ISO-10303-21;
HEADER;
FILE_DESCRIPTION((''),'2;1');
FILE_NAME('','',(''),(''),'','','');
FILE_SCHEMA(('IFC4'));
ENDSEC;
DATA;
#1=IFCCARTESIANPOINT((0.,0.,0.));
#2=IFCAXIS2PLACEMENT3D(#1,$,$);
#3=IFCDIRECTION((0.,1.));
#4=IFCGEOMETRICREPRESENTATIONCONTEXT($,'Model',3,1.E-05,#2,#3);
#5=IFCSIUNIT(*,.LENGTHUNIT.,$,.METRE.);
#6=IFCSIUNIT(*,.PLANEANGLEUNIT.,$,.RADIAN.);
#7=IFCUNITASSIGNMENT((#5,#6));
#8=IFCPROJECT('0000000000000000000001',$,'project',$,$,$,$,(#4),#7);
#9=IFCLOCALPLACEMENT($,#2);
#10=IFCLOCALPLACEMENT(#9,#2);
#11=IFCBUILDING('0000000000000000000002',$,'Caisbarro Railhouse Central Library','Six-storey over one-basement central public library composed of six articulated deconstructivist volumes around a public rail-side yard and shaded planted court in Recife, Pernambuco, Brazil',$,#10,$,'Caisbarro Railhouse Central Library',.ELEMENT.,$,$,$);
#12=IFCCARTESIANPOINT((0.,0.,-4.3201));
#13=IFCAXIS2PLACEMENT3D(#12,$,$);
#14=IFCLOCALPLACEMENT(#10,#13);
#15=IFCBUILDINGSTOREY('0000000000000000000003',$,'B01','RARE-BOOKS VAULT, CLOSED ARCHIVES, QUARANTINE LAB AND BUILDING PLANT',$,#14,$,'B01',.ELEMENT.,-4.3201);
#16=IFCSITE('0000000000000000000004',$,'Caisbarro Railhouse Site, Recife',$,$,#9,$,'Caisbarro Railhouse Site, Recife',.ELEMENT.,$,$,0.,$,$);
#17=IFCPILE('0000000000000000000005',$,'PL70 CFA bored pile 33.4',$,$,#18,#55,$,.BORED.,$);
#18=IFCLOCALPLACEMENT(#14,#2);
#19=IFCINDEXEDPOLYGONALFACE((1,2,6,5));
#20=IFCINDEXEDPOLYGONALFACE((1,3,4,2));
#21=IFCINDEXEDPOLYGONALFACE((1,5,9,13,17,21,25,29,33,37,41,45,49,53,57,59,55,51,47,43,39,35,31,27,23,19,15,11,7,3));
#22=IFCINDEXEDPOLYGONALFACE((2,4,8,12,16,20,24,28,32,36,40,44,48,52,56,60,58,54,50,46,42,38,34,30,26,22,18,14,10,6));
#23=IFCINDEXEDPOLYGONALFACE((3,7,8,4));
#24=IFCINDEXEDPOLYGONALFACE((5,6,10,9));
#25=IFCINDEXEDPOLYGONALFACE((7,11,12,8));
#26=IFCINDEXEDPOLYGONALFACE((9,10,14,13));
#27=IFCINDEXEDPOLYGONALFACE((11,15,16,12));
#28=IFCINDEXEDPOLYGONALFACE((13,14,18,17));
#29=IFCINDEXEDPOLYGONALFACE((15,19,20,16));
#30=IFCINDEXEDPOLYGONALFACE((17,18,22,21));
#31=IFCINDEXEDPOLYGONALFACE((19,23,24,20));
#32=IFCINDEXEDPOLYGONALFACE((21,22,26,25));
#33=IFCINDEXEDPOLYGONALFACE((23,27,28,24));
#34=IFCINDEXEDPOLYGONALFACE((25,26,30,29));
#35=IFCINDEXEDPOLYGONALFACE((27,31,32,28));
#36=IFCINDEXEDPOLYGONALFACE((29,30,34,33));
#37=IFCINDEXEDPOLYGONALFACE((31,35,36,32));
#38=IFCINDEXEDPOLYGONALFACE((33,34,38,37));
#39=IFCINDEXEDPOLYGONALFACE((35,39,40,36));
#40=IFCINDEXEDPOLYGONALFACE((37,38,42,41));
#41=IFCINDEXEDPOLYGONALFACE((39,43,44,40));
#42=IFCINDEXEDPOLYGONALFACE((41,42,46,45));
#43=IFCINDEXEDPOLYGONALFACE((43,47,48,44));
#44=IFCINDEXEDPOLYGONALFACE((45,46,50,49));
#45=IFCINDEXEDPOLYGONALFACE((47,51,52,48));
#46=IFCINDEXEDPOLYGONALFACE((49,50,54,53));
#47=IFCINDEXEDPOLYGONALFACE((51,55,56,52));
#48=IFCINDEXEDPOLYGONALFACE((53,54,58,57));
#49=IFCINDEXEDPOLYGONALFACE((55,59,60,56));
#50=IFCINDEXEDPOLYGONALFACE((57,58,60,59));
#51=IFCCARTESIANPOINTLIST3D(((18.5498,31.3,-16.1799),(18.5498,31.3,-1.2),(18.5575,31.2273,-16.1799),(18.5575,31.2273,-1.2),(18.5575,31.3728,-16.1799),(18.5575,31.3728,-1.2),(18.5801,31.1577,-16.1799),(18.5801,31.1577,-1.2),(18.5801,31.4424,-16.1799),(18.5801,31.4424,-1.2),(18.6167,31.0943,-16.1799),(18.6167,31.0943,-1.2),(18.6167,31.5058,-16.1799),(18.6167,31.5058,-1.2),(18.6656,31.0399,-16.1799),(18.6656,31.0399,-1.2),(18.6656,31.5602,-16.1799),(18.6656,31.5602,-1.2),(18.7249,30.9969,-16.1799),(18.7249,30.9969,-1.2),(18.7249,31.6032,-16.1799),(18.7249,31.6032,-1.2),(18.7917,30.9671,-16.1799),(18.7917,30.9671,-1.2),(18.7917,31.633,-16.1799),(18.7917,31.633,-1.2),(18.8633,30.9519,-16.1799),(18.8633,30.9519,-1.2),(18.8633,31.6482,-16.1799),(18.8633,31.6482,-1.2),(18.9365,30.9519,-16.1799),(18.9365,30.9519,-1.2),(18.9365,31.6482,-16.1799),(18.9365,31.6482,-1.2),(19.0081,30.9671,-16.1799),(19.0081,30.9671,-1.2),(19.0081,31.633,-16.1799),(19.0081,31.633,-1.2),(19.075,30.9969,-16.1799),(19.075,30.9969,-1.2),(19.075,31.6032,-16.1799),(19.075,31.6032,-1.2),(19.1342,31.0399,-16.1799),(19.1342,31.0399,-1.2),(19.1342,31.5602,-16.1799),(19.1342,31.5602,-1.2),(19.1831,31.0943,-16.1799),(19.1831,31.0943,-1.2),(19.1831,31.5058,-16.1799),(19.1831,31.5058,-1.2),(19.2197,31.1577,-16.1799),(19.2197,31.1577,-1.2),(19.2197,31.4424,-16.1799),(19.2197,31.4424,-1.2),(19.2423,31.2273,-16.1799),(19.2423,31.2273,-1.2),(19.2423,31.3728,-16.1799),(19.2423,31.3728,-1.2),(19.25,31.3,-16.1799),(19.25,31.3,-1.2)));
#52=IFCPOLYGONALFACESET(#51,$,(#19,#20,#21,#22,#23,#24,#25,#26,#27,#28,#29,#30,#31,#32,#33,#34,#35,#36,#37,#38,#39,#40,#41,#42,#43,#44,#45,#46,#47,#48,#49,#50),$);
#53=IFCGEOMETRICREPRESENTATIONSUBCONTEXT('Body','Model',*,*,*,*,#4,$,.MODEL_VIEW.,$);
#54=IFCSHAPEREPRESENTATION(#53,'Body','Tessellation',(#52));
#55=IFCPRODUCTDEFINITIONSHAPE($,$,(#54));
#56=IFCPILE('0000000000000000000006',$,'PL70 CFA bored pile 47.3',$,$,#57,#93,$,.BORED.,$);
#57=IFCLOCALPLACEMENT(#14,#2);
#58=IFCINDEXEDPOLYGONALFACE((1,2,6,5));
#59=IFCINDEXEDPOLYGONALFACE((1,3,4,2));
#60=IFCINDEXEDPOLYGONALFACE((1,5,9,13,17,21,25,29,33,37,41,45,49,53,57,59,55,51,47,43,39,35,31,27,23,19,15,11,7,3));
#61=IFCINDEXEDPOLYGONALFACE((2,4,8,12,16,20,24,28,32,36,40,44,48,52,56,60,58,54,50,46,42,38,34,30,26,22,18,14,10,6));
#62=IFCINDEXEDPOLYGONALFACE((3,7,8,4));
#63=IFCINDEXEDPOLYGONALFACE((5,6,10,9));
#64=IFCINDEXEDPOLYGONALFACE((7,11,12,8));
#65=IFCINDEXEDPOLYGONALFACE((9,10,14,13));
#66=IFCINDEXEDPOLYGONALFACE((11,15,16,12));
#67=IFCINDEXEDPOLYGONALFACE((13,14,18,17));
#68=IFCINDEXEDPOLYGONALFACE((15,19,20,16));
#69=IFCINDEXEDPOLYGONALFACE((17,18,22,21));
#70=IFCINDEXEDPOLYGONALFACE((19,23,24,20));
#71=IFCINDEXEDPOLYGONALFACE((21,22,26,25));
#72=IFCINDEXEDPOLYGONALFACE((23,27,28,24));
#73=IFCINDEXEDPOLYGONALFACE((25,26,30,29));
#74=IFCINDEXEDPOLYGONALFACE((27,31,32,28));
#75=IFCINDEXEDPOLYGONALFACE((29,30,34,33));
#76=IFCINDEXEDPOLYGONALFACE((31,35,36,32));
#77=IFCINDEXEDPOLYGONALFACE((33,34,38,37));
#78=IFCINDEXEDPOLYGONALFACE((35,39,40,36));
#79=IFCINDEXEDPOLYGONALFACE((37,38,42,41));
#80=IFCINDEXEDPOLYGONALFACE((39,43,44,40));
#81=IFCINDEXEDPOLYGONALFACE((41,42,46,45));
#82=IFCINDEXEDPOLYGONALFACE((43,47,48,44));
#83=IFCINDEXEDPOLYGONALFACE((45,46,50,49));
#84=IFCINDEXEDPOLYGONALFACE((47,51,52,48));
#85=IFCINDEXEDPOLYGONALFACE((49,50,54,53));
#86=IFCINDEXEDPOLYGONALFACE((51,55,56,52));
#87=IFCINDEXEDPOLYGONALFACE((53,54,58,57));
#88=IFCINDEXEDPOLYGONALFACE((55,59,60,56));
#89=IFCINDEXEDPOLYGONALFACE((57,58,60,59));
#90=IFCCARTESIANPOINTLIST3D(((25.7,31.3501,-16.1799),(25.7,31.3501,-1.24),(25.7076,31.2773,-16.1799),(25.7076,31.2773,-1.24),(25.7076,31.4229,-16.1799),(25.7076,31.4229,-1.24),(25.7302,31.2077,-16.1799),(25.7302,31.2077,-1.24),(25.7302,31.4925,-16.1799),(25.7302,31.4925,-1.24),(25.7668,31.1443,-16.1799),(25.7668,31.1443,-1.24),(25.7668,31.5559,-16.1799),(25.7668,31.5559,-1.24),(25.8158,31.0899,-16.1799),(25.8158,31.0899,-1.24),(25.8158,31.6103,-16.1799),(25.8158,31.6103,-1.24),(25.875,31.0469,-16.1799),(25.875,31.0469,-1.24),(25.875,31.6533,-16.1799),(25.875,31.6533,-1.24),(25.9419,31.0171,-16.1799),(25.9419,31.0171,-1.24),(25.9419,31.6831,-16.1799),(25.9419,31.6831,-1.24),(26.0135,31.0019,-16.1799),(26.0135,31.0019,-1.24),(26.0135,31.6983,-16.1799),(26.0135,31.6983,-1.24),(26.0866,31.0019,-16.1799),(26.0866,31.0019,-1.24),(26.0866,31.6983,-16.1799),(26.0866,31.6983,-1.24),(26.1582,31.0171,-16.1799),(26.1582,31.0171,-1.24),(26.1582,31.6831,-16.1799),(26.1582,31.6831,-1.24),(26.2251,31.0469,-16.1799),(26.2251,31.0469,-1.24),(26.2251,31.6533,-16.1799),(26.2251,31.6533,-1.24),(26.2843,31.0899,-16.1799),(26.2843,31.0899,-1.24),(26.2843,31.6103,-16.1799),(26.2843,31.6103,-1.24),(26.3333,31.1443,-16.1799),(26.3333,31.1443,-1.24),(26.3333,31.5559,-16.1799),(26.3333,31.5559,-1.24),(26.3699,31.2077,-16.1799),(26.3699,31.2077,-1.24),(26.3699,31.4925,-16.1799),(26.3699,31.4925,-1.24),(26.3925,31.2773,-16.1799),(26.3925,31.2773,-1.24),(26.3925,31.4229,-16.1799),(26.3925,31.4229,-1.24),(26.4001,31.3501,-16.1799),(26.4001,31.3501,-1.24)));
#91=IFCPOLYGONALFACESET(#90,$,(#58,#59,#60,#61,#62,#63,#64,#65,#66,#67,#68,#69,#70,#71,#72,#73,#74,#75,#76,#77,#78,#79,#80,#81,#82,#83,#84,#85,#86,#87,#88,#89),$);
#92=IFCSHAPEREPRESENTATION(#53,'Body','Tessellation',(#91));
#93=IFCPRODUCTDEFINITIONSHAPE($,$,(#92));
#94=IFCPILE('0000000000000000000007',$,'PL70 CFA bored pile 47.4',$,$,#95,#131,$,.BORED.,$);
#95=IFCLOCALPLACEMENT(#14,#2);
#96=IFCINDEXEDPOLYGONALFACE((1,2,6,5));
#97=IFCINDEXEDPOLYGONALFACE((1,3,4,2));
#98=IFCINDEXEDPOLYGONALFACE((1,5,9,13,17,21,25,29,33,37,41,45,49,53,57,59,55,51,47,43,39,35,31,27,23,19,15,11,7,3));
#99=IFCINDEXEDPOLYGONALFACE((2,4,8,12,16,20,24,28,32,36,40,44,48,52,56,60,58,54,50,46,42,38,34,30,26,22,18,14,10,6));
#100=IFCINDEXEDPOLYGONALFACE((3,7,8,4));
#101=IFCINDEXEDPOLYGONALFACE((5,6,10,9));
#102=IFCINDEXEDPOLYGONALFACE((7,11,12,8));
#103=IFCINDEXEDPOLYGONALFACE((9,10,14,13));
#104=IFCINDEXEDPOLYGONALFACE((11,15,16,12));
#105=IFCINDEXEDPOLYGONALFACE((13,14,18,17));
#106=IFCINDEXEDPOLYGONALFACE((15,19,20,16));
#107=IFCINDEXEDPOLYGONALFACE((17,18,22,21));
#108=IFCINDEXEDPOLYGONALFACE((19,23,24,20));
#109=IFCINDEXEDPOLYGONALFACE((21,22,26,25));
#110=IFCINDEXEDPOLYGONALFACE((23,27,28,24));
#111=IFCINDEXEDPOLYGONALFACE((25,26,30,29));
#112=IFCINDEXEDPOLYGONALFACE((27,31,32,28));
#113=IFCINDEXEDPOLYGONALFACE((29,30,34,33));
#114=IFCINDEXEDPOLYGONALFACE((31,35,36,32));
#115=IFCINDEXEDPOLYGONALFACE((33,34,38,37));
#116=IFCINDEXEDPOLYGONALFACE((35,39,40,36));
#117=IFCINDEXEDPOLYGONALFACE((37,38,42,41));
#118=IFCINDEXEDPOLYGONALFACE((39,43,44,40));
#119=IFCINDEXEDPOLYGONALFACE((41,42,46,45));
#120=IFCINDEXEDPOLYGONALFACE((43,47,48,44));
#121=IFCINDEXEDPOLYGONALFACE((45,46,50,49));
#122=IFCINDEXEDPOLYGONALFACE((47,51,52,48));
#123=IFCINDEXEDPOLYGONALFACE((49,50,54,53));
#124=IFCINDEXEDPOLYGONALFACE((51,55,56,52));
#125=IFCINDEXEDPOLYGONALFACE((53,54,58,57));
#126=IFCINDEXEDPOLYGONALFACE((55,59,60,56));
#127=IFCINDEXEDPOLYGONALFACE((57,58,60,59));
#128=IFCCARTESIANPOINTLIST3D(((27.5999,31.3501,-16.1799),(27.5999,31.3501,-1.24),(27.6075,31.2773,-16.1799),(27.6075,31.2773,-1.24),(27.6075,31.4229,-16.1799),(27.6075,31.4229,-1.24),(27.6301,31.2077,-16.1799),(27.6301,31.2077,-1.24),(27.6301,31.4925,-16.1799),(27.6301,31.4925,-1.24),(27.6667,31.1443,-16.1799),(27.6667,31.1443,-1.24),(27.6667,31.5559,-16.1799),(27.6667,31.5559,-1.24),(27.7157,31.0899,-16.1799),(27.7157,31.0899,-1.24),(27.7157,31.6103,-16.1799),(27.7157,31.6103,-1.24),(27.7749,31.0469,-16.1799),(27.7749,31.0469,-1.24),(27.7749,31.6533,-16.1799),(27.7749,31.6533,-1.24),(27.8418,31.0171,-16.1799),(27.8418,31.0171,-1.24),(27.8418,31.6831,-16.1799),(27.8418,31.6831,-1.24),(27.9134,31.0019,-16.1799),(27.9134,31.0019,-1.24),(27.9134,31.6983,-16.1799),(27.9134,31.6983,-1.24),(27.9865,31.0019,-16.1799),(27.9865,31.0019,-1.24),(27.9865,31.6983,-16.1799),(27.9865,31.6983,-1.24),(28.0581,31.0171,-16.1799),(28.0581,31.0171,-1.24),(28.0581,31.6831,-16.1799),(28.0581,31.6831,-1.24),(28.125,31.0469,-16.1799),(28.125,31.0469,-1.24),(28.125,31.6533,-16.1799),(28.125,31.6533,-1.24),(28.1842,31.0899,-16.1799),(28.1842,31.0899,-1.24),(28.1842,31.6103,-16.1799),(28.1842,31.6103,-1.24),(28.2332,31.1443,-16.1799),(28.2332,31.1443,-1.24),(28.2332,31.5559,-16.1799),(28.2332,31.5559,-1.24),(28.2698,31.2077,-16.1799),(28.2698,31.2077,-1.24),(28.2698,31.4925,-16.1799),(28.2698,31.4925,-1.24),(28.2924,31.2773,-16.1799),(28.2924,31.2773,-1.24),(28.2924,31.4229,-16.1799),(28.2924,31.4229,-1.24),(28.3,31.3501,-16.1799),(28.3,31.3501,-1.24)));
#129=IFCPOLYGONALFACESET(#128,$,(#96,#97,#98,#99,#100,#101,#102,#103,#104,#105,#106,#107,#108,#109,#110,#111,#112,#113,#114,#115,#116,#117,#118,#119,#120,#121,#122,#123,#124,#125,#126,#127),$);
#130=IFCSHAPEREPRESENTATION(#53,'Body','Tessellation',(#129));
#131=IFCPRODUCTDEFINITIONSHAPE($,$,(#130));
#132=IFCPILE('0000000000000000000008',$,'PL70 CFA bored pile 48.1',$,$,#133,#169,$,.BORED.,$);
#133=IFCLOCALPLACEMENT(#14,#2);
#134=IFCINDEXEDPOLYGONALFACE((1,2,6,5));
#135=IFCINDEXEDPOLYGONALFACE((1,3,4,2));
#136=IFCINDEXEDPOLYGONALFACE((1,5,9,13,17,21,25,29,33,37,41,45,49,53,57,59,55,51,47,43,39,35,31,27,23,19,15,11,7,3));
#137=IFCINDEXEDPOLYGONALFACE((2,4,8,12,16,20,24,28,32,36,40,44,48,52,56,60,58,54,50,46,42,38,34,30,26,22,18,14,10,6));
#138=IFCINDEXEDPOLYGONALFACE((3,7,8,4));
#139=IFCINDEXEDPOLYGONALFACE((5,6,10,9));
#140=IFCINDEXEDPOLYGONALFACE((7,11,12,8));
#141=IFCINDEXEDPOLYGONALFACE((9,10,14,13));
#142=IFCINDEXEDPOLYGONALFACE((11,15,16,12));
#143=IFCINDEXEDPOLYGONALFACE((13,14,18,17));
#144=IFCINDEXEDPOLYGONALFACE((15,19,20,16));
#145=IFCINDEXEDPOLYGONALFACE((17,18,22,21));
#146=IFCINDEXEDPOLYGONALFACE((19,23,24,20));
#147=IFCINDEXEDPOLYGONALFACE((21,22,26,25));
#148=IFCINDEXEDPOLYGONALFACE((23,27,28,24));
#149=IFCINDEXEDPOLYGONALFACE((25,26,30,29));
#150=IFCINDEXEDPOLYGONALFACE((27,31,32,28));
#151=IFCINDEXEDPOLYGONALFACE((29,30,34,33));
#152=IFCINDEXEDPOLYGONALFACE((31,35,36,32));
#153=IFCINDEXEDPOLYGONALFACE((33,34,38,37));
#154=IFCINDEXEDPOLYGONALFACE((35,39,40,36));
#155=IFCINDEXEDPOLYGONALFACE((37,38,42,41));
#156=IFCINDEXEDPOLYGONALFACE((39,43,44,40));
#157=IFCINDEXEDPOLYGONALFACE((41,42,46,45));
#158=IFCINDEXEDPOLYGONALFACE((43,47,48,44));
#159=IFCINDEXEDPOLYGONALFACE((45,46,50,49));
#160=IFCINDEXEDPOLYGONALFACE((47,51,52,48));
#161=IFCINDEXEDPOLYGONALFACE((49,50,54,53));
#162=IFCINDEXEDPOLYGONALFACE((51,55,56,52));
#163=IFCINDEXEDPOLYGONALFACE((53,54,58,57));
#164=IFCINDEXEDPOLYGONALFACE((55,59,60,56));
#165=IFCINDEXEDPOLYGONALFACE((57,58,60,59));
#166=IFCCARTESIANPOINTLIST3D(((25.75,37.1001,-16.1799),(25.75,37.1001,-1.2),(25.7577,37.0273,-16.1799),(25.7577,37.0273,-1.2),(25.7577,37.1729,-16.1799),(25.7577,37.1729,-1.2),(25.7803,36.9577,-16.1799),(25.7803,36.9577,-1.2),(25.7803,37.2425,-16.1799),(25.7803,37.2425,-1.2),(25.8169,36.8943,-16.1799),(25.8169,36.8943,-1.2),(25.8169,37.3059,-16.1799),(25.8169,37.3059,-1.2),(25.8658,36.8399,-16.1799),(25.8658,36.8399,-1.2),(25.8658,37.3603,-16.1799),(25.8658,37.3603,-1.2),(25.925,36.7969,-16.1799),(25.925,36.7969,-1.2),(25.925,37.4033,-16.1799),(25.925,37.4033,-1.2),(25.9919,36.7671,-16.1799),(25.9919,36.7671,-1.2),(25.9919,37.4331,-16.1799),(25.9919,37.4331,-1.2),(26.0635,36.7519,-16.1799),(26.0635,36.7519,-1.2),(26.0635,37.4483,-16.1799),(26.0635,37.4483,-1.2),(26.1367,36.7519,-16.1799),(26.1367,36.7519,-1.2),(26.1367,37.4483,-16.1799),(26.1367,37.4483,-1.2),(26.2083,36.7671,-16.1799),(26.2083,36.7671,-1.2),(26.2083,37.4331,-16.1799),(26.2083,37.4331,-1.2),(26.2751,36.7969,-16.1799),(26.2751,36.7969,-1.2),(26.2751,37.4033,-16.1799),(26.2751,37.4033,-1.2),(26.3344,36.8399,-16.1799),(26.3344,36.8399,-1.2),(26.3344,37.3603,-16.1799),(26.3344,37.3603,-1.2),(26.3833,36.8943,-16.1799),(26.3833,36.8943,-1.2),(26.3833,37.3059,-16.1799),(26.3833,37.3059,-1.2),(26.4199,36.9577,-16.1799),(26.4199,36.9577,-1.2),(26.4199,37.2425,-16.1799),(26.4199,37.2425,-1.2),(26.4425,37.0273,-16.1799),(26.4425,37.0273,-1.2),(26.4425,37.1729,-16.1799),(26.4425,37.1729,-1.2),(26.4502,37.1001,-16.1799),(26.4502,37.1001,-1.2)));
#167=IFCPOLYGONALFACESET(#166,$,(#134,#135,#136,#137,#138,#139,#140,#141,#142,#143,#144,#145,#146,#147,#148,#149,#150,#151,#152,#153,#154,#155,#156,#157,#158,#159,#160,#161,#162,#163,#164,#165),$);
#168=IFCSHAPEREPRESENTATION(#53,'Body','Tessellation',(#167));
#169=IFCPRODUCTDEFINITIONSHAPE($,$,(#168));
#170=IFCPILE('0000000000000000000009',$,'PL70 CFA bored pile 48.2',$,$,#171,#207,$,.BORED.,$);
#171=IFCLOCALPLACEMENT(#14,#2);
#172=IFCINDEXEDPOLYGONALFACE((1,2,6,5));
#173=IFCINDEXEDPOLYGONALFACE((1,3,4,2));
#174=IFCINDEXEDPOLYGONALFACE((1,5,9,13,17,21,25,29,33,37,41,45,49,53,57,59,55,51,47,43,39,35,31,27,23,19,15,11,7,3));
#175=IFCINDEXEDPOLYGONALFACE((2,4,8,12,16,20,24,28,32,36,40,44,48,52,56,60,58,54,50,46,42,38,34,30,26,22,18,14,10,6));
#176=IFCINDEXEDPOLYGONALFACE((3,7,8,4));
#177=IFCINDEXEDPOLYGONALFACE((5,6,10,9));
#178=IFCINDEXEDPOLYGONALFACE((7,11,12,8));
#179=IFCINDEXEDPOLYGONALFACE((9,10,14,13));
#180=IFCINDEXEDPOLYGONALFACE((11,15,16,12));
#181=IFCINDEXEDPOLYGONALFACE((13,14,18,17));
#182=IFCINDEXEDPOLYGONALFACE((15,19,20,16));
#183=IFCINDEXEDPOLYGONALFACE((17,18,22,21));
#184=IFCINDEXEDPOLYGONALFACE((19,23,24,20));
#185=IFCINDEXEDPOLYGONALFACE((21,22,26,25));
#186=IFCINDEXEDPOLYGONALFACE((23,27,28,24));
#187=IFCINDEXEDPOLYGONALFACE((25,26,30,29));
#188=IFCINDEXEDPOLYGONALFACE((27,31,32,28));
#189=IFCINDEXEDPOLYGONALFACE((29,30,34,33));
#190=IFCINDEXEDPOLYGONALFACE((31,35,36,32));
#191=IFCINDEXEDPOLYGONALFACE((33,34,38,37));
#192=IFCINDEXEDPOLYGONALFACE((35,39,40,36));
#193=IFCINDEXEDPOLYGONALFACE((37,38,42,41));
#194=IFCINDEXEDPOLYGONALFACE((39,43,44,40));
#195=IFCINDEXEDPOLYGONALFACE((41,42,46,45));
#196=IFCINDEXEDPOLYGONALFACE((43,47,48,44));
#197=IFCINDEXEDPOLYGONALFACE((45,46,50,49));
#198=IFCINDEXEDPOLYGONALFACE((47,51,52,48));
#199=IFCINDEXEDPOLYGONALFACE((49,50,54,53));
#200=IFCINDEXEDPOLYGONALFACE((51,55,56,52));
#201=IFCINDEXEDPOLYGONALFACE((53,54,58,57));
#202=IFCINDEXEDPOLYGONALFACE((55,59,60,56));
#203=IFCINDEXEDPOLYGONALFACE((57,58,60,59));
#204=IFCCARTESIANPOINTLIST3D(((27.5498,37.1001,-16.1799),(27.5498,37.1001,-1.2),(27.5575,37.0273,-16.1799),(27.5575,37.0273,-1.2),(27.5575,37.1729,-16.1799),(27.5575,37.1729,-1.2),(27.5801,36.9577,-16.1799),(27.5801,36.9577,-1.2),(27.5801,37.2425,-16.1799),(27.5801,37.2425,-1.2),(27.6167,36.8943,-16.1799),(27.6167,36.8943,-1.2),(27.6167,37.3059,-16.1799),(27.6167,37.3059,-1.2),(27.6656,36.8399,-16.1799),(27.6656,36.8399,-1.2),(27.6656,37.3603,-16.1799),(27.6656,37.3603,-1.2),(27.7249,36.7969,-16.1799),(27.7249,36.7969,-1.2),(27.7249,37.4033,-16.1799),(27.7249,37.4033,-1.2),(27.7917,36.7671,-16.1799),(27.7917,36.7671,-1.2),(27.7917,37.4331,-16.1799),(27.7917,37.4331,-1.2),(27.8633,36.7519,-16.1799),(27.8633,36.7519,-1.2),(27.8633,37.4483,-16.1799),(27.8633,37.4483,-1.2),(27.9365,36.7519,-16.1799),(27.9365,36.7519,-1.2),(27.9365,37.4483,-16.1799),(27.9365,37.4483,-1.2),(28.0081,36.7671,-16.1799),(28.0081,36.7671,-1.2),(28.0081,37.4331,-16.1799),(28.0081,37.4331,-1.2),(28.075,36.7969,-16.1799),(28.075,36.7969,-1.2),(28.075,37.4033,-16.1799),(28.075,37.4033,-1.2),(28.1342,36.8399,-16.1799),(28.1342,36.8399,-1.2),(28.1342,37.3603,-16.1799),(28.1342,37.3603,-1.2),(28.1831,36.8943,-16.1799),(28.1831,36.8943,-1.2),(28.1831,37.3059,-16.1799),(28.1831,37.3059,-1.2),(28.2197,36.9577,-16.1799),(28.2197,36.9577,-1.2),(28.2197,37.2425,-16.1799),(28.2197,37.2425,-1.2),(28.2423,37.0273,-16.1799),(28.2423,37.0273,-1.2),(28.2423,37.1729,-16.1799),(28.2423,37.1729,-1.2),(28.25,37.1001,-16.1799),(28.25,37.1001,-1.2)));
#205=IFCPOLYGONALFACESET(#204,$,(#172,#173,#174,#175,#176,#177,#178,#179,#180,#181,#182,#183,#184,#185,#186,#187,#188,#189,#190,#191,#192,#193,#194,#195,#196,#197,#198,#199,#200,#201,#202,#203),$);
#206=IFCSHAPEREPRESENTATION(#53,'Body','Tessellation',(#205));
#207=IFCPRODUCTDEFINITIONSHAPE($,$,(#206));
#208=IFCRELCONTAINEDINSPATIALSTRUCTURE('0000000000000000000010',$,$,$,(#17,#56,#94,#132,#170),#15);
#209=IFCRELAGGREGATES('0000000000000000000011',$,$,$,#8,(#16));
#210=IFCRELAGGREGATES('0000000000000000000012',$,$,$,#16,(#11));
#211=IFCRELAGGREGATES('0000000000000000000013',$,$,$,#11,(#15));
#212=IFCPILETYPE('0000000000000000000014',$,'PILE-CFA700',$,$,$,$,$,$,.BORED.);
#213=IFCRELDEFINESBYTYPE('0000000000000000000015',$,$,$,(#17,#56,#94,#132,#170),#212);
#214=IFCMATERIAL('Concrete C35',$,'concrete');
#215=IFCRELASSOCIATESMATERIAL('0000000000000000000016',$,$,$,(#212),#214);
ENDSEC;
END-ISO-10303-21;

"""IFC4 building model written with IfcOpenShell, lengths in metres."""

from ifc_helpers import new_model, si_unit, direction, frame, origin, origin_2d, place, context, subcontext, project, spatial, circle, extrude, material, material_profile, profile_set, type_object, element, save


model = new_model("IFC4")

# Units and contexts
model_context = context("Model", 3, precision=1e-05, world=origin(), true_north=direction((0.0, 1.0)))
body_context = subcontext(model_context, "Body", "Model", "MODEL_VIEW")
ifc_project = project(units=[si_unit("LENGTHUNIT", "METRE"), si_unit("PLANEANGLEUNIT", "RADIAN")], contexts=[model_context])

# Site, building, storey
site_placement = place(None, origin())
site = spatial("IfcSite", under=ifc_project, at=site_placement, Name="Caisbarro Railhouse Site, Recife", LongName="Caisbarro Railhouse Site, Recife", CompositionType="ELEMENT", RefElevation=0.0)
building_placement = place(site_placement, origin())
building = spatial("IfcBuilding", under=site, at=building_placement, Name="Caisbarro Railhouse Central Library", Description="Six-storey over one-basement central public library composed of six articulated deconstructivist volumes around a public rail-side yard and shaded planted court in Recife, Pernambuco, Brazil", LongName="Caisbarro Railhouse Central Library", CompositionType="ELEMENT")
storey_placement = place(building_placement, frame((0.0, 0.0, -4.3201)))
storey = spatial("IfcBuildingStorey", under=building, at=storey_placement, Name="B01", Description="RARE-BOOKS VAULT, CLOSED ARCHIVES, QUARANTINE LAB AND BUILDING PLANT", LongName="B01", CompositionType="ELEMENT", Elevation=-4.3201)

# Shared definitions
ifc_material_1 = material(Name="Concrete C35", Category="concrete")

# Piles
ifc_material_profile_1 = material_profile(ifc_material_1, circle(Radius=0.3501, at=origin_2d()), Name="PILE-CFA-700")
ifc_profile_set_1 = profile_set([ifc_material_profile_1], Name="Concrete C35")
pile_type_1 = type_object("IfcPileType", Name="PILE-CFA700", PredefinedType="BORED", material=ifc_profile_set_1)
pile_1_placement = place(storey_placement, frame((18.8999, 31.3, -1.2), z_axis=(0.0, 0.0, -1.0), x_axis=(1.0, 0.0, 0.0)))
element("IfcPile", 1, at=pile_1_placement, inside=storey, type_object=pile_type_1, Name="PL70 CFA bored pile 33.4", PredefinedType="BORED", context=body_context, shape_type="SweptSolid", body=[
    extrude(circle(Radius=0.3501, at=origin_2d()), origin(), (0.0, 0.0, 1.0), 14.98),
])
for number, where, z_axis, x_axis, name in (
    (2, (26.05, 31.3501, -1.24), (0.0, 0.0, -1.0), (1.0, 0.0, 0.0), "PL70 CFA bored pile 47.3"),
    (3, (27.95, 31.3501, -1.24), (0.0, 0.0, -1.0), (1.0, 0.0, 0.0), "PL70 CFA bored pile 47.4"),
):
    element("IfcPile", number, at=place(storey_placement, frame(where, z_axis=z_axis, x_axis=x_axis)), inside=storey, type_object=pile_type_1, Name=name, PredefinedType="BORED", context=body_context, shape_type="SweptSolid", body=[
        extrude(circle(Radius=0.3501, at=origin_2d()), origin(), (0.0, 0.0, 1.0), 14.9399),
    ])
for number, where, z_axis, x_axis, name in (
    (4, (26.1001, 37.1001, -1.2), (0.0, 0.0, -1.0), (1.0, 0.0, 0.0), "PL70 CFA bored pile 48.1"),
    (5, (27.8999, 37.1001, -1.2), (0.0, 0.0, -1.0), (1.0, 0.0, 0.0), "PL70 CFA bored pile 48.2"),
):
    element("IfcPile", number, at=place(storey_placement, frame(where, z_axis=z_axis, x_axis=x_axis)), inside=storey, type_object=pile_type_1, Name=name, PredefinedType="BORED", context=body_context, shape_type="SweptSolid", body=[
        extrude(circle(Radius=0.3501, at=origin_2d()), origin(), (0.0, 0.0, 1.0), 14.98),
    ])

save(model, "model.ifc")
